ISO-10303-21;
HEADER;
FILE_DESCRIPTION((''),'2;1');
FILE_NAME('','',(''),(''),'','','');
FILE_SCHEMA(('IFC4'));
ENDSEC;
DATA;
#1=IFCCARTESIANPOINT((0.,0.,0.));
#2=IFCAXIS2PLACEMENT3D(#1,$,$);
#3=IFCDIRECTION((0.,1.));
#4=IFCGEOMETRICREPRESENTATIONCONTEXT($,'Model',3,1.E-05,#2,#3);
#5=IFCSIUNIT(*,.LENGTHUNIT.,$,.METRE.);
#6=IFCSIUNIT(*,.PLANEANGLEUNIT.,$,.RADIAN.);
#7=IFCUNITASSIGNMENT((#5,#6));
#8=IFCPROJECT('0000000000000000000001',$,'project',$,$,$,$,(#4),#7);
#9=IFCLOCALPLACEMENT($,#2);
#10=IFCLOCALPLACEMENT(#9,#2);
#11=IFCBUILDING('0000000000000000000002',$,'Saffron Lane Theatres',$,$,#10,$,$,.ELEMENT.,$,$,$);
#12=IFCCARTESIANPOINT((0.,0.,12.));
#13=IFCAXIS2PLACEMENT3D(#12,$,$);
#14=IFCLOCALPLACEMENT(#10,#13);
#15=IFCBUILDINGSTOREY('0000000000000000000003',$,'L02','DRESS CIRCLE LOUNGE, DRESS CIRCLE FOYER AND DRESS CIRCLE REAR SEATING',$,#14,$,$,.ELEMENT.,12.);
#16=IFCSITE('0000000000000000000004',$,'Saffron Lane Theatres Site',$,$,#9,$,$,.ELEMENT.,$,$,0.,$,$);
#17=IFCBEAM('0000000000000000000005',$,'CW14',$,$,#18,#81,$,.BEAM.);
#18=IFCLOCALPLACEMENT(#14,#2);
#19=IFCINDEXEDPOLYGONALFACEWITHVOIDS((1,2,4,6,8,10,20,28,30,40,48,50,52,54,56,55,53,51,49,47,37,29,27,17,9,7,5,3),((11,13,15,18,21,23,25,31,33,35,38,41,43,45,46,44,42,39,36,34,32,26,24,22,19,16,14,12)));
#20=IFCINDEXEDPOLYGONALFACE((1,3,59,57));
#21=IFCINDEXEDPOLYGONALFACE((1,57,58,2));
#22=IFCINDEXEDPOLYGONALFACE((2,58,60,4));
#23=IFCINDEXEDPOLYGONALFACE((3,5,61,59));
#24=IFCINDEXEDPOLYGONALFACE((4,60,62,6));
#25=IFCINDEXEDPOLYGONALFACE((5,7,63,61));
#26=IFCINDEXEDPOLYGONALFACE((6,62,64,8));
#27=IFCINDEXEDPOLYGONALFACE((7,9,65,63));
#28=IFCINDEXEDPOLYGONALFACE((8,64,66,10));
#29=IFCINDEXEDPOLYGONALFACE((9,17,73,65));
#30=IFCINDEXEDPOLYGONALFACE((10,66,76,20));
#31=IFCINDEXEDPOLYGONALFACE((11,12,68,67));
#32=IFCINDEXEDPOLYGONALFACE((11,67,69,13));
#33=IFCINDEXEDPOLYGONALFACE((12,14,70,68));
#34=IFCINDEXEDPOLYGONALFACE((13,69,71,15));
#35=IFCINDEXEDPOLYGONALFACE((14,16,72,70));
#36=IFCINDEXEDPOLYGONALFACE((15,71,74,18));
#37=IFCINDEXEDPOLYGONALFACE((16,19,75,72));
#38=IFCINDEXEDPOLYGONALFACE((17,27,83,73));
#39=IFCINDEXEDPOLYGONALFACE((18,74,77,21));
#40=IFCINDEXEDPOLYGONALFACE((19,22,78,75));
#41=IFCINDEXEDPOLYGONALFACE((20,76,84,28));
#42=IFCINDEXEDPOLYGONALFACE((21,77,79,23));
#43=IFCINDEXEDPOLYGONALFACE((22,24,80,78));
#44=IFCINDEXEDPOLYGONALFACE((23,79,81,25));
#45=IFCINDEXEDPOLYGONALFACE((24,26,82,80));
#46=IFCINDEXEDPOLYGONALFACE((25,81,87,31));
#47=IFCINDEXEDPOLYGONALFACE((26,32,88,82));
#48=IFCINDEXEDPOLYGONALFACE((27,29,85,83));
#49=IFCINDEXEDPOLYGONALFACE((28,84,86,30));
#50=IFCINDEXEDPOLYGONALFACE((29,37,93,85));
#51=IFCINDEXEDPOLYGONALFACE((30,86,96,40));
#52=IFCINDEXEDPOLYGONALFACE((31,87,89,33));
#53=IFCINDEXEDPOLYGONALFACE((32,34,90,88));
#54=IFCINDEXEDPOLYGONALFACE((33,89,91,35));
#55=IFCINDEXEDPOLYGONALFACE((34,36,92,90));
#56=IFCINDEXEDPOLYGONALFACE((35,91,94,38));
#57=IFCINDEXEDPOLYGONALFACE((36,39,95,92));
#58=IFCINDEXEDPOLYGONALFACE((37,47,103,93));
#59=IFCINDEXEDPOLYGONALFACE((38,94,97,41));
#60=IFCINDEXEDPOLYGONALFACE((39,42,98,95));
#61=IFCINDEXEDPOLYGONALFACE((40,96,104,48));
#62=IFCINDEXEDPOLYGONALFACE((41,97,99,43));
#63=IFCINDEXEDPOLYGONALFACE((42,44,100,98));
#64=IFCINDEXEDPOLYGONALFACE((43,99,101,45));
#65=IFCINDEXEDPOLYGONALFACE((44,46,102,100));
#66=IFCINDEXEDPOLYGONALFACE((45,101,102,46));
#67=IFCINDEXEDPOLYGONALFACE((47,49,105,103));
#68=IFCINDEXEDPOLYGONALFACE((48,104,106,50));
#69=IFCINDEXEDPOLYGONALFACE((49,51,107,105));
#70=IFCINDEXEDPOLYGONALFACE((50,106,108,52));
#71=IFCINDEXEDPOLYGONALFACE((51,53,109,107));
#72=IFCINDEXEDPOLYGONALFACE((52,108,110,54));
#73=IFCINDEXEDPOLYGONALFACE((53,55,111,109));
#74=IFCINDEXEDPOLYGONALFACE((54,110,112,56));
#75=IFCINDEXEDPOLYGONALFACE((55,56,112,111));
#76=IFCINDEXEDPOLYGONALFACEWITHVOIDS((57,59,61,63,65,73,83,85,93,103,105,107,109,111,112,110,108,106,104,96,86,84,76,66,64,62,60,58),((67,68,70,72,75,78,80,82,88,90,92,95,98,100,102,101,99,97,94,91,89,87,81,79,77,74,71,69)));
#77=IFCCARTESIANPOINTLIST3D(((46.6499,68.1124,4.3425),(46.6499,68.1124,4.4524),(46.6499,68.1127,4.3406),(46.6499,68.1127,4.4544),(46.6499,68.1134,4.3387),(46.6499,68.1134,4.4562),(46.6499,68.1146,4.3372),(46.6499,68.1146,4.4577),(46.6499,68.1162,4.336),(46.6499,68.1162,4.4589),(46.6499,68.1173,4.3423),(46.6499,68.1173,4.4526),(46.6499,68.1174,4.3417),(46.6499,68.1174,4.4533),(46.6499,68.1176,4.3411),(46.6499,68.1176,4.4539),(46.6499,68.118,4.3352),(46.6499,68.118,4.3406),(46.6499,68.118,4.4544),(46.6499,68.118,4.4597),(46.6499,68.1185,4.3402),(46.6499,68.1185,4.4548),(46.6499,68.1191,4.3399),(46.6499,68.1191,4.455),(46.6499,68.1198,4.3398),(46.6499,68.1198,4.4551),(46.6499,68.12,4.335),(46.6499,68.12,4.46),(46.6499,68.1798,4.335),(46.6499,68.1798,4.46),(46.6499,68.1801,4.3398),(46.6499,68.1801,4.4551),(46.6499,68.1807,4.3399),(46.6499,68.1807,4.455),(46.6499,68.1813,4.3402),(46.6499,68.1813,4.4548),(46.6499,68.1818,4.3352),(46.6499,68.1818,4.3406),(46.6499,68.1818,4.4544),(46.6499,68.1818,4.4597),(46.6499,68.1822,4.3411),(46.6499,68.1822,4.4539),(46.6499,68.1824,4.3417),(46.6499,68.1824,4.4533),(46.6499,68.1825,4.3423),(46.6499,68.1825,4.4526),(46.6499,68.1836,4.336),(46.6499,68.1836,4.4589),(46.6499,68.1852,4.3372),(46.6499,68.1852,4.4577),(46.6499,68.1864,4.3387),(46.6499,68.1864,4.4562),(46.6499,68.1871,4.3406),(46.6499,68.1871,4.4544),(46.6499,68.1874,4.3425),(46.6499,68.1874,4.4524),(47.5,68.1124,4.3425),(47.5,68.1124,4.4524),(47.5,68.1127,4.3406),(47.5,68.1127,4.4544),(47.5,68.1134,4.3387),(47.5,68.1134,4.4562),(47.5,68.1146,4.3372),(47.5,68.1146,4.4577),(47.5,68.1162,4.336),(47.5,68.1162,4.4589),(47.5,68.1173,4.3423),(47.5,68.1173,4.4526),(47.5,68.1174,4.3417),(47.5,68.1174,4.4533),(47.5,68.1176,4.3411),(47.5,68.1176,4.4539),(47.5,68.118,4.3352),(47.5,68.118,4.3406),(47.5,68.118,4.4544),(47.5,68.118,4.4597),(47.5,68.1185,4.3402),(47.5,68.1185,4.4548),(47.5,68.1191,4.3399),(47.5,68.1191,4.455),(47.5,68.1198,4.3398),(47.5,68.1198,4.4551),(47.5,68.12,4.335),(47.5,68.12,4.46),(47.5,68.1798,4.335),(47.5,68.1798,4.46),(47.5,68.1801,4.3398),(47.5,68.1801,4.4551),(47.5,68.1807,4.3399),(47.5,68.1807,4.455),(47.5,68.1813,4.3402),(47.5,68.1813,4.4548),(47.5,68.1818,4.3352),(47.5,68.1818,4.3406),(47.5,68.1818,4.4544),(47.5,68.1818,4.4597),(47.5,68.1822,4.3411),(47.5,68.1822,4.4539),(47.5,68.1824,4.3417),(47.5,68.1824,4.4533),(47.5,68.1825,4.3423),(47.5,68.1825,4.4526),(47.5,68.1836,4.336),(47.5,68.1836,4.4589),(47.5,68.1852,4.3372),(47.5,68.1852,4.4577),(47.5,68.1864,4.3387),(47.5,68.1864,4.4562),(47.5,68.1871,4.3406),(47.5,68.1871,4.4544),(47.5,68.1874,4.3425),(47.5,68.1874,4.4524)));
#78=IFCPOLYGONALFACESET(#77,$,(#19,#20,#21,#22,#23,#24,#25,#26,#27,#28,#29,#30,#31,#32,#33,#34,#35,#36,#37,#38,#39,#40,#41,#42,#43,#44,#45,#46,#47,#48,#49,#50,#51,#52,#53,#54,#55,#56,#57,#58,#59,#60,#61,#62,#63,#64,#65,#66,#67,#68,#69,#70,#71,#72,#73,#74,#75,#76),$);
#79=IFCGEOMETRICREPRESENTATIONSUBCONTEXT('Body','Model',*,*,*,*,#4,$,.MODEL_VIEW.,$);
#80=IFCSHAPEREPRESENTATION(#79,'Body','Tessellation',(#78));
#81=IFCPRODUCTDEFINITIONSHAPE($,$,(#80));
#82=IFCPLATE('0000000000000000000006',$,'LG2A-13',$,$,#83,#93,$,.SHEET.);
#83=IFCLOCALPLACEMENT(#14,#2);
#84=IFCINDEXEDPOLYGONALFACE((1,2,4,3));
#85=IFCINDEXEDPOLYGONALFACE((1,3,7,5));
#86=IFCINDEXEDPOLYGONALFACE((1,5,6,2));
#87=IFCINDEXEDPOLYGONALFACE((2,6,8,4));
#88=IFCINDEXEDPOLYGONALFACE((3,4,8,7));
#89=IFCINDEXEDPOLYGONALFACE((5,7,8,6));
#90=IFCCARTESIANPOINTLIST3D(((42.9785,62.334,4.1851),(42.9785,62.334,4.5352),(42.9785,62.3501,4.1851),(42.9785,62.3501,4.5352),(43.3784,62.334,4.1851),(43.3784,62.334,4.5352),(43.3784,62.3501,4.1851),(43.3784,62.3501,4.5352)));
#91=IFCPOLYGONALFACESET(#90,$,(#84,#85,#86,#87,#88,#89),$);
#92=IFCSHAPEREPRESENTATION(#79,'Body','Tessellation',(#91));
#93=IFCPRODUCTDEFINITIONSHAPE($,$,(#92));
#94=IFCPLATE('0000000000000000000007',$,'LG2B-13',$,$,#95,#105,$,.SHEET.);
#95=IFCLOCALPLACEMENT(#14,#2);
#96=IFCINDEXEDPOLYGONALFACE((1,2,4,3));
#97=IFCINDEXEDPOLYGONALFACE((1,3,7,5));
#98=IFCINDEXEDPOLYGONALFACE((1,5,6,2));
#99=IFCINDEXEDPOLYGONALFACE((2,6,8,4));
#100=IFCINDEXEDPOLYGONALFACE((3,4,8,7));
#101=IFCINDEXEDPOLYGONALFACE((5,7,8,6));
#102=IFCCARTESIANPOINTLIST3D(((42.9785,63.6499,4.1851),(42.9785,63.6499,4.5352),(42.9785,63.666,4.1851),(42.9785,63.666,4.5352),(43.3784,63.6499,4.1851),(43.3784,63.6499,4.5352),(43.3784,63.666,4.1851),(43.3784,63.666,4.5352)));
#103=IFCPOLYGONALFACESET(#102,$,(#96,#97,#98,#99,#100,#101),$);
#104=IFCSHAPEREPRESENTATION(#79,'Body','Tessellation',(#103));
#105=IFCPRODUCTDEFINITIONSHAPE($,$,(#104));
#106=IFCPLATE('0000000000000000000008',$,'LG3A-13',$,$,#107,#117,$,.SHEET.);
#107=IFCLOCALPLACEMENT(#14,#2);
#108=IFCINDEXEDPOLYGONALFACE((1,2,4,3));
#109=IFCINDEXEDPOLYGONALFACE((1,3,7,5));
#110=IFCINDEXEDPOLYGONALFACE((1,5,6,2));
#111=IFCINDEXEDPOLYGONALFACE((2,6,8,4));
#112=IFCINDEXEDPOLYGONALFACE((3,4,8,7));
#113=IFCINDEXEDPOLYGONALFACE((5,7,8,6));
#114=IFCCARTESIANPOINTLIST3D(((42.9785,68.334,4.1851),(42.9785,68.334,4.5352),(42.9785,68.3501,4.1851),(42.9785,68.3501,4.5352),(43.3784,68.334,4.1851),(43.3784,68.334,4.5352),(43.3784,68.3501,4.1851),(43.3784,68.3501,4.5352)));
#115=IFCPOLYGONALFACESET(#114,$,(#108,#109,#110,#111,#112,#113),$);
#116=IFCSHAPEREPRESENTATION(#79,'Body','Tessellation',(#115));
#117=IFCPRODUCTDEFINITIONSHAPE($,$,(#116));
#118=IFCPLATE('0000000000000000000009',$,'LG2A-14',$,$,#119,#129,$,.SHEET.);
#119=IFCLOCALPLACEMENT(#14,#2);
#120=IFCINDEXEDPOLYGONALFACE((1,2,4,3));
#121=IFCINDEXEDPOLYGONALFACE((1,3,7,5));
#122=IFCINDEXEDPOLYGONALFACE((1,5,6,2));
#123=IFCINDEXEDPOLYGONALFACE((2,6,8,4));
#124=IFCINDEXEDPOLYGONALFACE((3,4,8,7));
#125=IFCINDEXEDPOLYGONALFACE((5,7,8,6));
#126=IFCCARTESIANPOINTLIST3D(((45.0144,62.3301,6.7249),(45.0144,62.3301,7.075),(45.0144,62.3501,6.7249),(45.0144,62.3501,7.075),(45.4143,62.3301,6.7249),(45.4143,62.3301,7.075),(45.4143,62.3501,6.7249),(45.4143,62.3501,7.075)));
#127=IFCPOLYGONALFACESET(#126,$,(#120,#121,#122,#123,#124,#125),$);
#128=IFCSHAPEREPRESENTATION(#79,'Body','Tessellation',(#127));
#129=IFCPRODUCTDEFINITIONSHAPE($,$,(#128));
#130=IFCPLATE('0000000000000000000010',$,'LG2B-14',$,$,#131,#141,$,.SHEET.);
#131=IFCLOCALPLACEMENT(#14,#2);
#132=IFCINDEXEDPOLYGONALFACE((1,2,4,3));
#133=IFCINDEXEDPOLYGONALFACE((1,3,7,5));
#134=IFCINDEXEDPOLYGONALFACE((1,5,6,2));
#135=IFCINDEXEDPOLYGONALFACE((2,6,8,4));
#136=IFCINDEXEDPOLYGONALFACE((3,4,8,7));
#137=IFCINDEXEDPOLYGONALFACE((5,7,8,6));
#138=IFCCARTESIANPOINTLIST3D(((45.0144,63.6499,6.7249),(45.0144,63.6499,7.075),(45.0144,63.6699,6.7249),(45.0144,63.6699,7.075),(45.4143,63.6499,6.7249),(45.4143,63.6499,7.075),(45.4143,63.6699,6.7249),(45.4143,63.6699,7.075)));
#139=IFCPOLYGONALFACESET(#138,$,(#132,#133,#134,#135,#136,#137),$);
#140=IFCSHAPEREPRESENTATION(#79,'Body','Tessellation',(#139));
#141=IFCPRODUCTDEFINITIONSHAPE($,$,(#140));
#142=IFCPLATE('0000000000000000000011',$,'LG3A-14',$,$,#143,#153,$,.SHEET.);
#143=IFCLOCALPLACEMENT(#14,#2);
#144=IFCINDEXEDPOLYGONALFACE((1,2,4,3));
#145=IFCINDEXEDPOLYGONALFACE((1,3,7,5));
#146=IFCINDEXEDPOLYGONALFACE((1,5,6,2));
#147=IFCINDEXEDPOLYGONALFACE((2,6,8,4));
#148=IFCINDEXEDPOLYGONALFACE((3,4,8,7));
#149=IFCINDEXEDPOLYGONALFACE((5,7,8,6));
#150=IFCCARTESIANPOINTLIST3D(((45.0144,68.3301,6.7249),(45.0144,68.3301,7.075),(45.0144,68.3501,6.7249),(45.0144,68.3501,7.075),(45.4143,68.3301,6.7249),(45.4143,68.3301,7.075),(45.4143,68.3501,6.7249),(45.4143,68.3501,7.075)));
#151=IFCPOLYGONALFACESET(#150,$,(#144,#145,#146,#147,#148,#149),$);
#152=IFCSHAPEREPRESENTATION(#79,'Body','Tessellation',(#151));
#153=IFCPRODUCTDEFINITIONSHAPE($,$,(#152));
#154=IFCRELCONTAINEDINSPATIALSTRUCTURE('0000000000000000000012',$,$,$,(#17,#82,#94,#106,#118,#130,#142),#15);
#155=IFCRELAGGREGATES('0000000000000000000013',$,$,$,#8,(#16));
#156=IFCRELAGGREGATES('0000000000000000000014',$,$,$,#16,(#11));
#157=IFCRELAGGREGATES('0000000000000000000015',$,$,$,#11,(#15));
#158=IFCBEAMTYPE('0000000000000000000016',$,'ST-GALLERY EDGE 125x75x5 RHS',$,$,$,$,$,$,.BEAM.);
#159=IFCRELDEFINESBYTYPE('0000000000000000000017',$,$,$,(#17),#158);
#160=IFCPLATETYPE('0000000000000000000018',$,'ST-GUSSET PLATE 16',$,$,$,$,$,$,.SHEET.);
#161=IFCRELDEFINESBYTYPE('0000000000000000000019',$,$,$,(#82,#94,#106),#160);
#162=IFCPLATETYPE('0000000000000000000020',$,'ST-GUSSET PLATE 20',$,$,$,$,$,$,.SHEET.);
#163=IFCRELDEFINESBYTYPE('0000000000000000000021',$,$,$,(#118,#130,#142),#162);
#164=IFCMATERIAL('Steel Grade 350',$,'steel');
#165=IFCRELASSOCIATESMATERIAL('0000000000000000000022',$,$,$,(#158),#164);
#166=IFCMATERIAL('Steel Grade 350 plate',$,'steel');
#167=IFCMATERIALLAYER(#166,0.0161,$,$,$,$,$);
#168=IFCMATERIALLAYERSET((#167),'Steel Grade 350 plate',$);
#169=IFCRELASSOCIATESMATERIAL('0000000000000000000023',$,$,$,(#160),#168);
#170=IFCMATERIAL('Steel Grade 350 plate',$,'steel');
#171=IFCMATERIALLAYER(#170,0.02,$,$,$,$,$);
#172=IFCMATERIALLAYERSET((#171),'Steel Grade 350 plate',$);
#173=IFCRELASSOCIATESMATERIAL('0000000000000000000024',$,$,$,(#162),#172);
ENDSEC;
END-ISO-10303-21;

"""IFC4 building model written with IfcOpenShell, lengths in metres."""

from ifc_helpers import new_model, si_unit, direction, frame, origin, origin_2d, place, context, subcontext, project, spatial, rectangle, hollow_rectangle, extrude, material, layer, layer_set, material_profile, profile_set, type_object, element, save


model = new_model("IFC4")

# Units and contexts
model_context = context("Model", 3, precision=1e-05, world=origin(), true_north=direction((0.0, 1.0)))
body_context = subcontext(model_context, "Body", "Model", "MODEL_VIEW")
ifc_project = project(units=[si_unit("LENGTHUNIT", "METRE"), si_unit("PLANEANGLEUNIT", "RADIAN")], contexts=[model_context])

# Site, building, storey
site_placement = place(None, origin())
site = spatial("IfcSite", under=ifc_project, at=site_placement, Name="Saffron Lane Theatres Site", CompositionType="ELEMENT", RefElevation=0.0)
building_placement = place(site_placement, origin())
building = spatial("IfcBuilding", under=site, at=building_placement, Name="Saffron Lane Theatres", CompositionType="ELEMENT")
storey_placement = place(building_placement, frame((0.0, 0.0, 12.0)))
storey = spatial("IfcBuildingStorey", under=building, at=storey_placement, Name="L02", Description="DRESS CIRCLE LOUNGE, DRESS CIRCLE FOYER AND DRESS CIRCLE REAR SEATING", CompositionType="ELEMENT", Elevation=12.0)

# Beam
ifc_material_1 = material(Name="Steel Grade 350", Category="steel")
ifc_material_profile_1 = material_profile(ifc_material_1, hollow_rectangle(XDim=0.075, YDim=0.125, WallThickness=0.0049, InnerFilletRadius=0.0024, OuterFilletRadius=0.0076, at=origin_2d()))
ifc_profile_set_1 = profile_set([ifc_material_profile_1], Name="Steel Grade 350")
beam_type_1 = type_object("IfcBeamType", Name="ST-GALLERY EDGE 125x75x5 RHS", PredefinedType="BEAM", material=ifc_profile_set_1)
for number, where, z_axis, x_axis, name in (
    (1, (46.6499, 68.1499, 4.3975), (1.0, 0.0, 0.0), (0.0, 1.0, 0.0), "CW14"),
):
    element("IfcBeam", number, at=place(storey_placement, frame(where, z_axis=z_axis, x_axis=x_axis)), inside=storey, type_object=beam_type_1, Name=name, PredefinedType="BEAM", context=body_context, shape_type="SweptSolid", body=[
        extrude(hollow_rectangle(XDim=0.075, YDim=0.125, WallThickness=0.0049, InnerFilletRadius=0.0024, OuterFilletRadius=0.0076, at=origin_2d()), origin(), (0.0, 0.0, 1.0), 0.8501),
    ])

# Plates
ifc_material_2 = material(Name="Steel Grade 350 plate", Category="steel")
ifc_layer_1 = layer(ifc_material_2, 0.0161)
ifc_layer_set_1 = layer_set([ifc_layer_1], Name="Steel Grade 350 plate")
plate_type_1 = type_object("IfcPlateType", Name="ST-GUSSET PLATE 16", PredefinedType="SHEET", material=ifc_layer_set_1)
for number, where, z_axis, x_axis, name in (
    (2, (43.1785, 62.342, 4.1851), (0.0, 0.0, 1.0), (1.0, 0.0, 0.0), "LG2A-13"),
    (3, (43.1785, 63.658, 4.1851), (0.0, 0.0, 1.0), (1.0, 0.0, 0.0), "LG2B-13"),
    (4, (43.1785, 68.342, 4.1851), (0.0, 0.0, 1.0), (1.0, 0.0, 0.0), "LG3A-13"),
):
    element("IfcPlate", number, at=place(storey_placement, frame(where, z_axis=z_axis, x_axis=x_axis)), inside=storey, type_object=plate_type_1, Name=name, PredefinedType="SHEET", context=body_context, shape_type="SweptSolid", body=[
        extrude(rectangle(XDim=0.3999, YDim=0.0161, at=origin_2d()), origin(), (0.0, 0.0, 1.0), 0.3501),
    ])
ifc_material_3 = material(Name="Steel Grade 350 plate", Category="steel")
ifc_layer_2 = layer(ifc_material_3, 0.02)
ifc_layer_set_2 = layer_set([ifc_layer_2], Name="Steel Grade 350 plate")
plate_type_2 = type_object("IfcPlateType", Name="ST-GUSSET PLATE 20", PredefinedType="SHEET", material=ifc_layer_set_2)
for number, where, z_axis, x_axis, name in (
    (5, (45.2144, 62.3401, 6.7249), (0.0, 0.0, 1.0), (1.0, 0.0, 0.0), "LG2A-14"),
    (6, (45.2144, 63.6599, 6.7249), (0.0, 0.0, 1.0), (1.0, 0.0, 0.0), "LG2B-14"),
    (7, (45.2144, 68.3401, 6.7249), (0.0, 0.0, 1.0), (1.0, 0.0, 0.0), "LG3A-14"),
):
    element("IfcPlate", number, at=place(storey_placement, frame(where, z_axis=z_axis, x_axis=x_axis)), inside=storey, type_object=plate_type_2, Name=name, PredefinedType="SHEET", context=body_context, shape_type="SweptSolid", body=[
        extrude(rectangle(XDim=0.3999, YDim=0.02, at=origin_2d()), origin(), (0.0, 0.0, 1.0), 0.3501),
    ])

save(model, "model.ifc")
